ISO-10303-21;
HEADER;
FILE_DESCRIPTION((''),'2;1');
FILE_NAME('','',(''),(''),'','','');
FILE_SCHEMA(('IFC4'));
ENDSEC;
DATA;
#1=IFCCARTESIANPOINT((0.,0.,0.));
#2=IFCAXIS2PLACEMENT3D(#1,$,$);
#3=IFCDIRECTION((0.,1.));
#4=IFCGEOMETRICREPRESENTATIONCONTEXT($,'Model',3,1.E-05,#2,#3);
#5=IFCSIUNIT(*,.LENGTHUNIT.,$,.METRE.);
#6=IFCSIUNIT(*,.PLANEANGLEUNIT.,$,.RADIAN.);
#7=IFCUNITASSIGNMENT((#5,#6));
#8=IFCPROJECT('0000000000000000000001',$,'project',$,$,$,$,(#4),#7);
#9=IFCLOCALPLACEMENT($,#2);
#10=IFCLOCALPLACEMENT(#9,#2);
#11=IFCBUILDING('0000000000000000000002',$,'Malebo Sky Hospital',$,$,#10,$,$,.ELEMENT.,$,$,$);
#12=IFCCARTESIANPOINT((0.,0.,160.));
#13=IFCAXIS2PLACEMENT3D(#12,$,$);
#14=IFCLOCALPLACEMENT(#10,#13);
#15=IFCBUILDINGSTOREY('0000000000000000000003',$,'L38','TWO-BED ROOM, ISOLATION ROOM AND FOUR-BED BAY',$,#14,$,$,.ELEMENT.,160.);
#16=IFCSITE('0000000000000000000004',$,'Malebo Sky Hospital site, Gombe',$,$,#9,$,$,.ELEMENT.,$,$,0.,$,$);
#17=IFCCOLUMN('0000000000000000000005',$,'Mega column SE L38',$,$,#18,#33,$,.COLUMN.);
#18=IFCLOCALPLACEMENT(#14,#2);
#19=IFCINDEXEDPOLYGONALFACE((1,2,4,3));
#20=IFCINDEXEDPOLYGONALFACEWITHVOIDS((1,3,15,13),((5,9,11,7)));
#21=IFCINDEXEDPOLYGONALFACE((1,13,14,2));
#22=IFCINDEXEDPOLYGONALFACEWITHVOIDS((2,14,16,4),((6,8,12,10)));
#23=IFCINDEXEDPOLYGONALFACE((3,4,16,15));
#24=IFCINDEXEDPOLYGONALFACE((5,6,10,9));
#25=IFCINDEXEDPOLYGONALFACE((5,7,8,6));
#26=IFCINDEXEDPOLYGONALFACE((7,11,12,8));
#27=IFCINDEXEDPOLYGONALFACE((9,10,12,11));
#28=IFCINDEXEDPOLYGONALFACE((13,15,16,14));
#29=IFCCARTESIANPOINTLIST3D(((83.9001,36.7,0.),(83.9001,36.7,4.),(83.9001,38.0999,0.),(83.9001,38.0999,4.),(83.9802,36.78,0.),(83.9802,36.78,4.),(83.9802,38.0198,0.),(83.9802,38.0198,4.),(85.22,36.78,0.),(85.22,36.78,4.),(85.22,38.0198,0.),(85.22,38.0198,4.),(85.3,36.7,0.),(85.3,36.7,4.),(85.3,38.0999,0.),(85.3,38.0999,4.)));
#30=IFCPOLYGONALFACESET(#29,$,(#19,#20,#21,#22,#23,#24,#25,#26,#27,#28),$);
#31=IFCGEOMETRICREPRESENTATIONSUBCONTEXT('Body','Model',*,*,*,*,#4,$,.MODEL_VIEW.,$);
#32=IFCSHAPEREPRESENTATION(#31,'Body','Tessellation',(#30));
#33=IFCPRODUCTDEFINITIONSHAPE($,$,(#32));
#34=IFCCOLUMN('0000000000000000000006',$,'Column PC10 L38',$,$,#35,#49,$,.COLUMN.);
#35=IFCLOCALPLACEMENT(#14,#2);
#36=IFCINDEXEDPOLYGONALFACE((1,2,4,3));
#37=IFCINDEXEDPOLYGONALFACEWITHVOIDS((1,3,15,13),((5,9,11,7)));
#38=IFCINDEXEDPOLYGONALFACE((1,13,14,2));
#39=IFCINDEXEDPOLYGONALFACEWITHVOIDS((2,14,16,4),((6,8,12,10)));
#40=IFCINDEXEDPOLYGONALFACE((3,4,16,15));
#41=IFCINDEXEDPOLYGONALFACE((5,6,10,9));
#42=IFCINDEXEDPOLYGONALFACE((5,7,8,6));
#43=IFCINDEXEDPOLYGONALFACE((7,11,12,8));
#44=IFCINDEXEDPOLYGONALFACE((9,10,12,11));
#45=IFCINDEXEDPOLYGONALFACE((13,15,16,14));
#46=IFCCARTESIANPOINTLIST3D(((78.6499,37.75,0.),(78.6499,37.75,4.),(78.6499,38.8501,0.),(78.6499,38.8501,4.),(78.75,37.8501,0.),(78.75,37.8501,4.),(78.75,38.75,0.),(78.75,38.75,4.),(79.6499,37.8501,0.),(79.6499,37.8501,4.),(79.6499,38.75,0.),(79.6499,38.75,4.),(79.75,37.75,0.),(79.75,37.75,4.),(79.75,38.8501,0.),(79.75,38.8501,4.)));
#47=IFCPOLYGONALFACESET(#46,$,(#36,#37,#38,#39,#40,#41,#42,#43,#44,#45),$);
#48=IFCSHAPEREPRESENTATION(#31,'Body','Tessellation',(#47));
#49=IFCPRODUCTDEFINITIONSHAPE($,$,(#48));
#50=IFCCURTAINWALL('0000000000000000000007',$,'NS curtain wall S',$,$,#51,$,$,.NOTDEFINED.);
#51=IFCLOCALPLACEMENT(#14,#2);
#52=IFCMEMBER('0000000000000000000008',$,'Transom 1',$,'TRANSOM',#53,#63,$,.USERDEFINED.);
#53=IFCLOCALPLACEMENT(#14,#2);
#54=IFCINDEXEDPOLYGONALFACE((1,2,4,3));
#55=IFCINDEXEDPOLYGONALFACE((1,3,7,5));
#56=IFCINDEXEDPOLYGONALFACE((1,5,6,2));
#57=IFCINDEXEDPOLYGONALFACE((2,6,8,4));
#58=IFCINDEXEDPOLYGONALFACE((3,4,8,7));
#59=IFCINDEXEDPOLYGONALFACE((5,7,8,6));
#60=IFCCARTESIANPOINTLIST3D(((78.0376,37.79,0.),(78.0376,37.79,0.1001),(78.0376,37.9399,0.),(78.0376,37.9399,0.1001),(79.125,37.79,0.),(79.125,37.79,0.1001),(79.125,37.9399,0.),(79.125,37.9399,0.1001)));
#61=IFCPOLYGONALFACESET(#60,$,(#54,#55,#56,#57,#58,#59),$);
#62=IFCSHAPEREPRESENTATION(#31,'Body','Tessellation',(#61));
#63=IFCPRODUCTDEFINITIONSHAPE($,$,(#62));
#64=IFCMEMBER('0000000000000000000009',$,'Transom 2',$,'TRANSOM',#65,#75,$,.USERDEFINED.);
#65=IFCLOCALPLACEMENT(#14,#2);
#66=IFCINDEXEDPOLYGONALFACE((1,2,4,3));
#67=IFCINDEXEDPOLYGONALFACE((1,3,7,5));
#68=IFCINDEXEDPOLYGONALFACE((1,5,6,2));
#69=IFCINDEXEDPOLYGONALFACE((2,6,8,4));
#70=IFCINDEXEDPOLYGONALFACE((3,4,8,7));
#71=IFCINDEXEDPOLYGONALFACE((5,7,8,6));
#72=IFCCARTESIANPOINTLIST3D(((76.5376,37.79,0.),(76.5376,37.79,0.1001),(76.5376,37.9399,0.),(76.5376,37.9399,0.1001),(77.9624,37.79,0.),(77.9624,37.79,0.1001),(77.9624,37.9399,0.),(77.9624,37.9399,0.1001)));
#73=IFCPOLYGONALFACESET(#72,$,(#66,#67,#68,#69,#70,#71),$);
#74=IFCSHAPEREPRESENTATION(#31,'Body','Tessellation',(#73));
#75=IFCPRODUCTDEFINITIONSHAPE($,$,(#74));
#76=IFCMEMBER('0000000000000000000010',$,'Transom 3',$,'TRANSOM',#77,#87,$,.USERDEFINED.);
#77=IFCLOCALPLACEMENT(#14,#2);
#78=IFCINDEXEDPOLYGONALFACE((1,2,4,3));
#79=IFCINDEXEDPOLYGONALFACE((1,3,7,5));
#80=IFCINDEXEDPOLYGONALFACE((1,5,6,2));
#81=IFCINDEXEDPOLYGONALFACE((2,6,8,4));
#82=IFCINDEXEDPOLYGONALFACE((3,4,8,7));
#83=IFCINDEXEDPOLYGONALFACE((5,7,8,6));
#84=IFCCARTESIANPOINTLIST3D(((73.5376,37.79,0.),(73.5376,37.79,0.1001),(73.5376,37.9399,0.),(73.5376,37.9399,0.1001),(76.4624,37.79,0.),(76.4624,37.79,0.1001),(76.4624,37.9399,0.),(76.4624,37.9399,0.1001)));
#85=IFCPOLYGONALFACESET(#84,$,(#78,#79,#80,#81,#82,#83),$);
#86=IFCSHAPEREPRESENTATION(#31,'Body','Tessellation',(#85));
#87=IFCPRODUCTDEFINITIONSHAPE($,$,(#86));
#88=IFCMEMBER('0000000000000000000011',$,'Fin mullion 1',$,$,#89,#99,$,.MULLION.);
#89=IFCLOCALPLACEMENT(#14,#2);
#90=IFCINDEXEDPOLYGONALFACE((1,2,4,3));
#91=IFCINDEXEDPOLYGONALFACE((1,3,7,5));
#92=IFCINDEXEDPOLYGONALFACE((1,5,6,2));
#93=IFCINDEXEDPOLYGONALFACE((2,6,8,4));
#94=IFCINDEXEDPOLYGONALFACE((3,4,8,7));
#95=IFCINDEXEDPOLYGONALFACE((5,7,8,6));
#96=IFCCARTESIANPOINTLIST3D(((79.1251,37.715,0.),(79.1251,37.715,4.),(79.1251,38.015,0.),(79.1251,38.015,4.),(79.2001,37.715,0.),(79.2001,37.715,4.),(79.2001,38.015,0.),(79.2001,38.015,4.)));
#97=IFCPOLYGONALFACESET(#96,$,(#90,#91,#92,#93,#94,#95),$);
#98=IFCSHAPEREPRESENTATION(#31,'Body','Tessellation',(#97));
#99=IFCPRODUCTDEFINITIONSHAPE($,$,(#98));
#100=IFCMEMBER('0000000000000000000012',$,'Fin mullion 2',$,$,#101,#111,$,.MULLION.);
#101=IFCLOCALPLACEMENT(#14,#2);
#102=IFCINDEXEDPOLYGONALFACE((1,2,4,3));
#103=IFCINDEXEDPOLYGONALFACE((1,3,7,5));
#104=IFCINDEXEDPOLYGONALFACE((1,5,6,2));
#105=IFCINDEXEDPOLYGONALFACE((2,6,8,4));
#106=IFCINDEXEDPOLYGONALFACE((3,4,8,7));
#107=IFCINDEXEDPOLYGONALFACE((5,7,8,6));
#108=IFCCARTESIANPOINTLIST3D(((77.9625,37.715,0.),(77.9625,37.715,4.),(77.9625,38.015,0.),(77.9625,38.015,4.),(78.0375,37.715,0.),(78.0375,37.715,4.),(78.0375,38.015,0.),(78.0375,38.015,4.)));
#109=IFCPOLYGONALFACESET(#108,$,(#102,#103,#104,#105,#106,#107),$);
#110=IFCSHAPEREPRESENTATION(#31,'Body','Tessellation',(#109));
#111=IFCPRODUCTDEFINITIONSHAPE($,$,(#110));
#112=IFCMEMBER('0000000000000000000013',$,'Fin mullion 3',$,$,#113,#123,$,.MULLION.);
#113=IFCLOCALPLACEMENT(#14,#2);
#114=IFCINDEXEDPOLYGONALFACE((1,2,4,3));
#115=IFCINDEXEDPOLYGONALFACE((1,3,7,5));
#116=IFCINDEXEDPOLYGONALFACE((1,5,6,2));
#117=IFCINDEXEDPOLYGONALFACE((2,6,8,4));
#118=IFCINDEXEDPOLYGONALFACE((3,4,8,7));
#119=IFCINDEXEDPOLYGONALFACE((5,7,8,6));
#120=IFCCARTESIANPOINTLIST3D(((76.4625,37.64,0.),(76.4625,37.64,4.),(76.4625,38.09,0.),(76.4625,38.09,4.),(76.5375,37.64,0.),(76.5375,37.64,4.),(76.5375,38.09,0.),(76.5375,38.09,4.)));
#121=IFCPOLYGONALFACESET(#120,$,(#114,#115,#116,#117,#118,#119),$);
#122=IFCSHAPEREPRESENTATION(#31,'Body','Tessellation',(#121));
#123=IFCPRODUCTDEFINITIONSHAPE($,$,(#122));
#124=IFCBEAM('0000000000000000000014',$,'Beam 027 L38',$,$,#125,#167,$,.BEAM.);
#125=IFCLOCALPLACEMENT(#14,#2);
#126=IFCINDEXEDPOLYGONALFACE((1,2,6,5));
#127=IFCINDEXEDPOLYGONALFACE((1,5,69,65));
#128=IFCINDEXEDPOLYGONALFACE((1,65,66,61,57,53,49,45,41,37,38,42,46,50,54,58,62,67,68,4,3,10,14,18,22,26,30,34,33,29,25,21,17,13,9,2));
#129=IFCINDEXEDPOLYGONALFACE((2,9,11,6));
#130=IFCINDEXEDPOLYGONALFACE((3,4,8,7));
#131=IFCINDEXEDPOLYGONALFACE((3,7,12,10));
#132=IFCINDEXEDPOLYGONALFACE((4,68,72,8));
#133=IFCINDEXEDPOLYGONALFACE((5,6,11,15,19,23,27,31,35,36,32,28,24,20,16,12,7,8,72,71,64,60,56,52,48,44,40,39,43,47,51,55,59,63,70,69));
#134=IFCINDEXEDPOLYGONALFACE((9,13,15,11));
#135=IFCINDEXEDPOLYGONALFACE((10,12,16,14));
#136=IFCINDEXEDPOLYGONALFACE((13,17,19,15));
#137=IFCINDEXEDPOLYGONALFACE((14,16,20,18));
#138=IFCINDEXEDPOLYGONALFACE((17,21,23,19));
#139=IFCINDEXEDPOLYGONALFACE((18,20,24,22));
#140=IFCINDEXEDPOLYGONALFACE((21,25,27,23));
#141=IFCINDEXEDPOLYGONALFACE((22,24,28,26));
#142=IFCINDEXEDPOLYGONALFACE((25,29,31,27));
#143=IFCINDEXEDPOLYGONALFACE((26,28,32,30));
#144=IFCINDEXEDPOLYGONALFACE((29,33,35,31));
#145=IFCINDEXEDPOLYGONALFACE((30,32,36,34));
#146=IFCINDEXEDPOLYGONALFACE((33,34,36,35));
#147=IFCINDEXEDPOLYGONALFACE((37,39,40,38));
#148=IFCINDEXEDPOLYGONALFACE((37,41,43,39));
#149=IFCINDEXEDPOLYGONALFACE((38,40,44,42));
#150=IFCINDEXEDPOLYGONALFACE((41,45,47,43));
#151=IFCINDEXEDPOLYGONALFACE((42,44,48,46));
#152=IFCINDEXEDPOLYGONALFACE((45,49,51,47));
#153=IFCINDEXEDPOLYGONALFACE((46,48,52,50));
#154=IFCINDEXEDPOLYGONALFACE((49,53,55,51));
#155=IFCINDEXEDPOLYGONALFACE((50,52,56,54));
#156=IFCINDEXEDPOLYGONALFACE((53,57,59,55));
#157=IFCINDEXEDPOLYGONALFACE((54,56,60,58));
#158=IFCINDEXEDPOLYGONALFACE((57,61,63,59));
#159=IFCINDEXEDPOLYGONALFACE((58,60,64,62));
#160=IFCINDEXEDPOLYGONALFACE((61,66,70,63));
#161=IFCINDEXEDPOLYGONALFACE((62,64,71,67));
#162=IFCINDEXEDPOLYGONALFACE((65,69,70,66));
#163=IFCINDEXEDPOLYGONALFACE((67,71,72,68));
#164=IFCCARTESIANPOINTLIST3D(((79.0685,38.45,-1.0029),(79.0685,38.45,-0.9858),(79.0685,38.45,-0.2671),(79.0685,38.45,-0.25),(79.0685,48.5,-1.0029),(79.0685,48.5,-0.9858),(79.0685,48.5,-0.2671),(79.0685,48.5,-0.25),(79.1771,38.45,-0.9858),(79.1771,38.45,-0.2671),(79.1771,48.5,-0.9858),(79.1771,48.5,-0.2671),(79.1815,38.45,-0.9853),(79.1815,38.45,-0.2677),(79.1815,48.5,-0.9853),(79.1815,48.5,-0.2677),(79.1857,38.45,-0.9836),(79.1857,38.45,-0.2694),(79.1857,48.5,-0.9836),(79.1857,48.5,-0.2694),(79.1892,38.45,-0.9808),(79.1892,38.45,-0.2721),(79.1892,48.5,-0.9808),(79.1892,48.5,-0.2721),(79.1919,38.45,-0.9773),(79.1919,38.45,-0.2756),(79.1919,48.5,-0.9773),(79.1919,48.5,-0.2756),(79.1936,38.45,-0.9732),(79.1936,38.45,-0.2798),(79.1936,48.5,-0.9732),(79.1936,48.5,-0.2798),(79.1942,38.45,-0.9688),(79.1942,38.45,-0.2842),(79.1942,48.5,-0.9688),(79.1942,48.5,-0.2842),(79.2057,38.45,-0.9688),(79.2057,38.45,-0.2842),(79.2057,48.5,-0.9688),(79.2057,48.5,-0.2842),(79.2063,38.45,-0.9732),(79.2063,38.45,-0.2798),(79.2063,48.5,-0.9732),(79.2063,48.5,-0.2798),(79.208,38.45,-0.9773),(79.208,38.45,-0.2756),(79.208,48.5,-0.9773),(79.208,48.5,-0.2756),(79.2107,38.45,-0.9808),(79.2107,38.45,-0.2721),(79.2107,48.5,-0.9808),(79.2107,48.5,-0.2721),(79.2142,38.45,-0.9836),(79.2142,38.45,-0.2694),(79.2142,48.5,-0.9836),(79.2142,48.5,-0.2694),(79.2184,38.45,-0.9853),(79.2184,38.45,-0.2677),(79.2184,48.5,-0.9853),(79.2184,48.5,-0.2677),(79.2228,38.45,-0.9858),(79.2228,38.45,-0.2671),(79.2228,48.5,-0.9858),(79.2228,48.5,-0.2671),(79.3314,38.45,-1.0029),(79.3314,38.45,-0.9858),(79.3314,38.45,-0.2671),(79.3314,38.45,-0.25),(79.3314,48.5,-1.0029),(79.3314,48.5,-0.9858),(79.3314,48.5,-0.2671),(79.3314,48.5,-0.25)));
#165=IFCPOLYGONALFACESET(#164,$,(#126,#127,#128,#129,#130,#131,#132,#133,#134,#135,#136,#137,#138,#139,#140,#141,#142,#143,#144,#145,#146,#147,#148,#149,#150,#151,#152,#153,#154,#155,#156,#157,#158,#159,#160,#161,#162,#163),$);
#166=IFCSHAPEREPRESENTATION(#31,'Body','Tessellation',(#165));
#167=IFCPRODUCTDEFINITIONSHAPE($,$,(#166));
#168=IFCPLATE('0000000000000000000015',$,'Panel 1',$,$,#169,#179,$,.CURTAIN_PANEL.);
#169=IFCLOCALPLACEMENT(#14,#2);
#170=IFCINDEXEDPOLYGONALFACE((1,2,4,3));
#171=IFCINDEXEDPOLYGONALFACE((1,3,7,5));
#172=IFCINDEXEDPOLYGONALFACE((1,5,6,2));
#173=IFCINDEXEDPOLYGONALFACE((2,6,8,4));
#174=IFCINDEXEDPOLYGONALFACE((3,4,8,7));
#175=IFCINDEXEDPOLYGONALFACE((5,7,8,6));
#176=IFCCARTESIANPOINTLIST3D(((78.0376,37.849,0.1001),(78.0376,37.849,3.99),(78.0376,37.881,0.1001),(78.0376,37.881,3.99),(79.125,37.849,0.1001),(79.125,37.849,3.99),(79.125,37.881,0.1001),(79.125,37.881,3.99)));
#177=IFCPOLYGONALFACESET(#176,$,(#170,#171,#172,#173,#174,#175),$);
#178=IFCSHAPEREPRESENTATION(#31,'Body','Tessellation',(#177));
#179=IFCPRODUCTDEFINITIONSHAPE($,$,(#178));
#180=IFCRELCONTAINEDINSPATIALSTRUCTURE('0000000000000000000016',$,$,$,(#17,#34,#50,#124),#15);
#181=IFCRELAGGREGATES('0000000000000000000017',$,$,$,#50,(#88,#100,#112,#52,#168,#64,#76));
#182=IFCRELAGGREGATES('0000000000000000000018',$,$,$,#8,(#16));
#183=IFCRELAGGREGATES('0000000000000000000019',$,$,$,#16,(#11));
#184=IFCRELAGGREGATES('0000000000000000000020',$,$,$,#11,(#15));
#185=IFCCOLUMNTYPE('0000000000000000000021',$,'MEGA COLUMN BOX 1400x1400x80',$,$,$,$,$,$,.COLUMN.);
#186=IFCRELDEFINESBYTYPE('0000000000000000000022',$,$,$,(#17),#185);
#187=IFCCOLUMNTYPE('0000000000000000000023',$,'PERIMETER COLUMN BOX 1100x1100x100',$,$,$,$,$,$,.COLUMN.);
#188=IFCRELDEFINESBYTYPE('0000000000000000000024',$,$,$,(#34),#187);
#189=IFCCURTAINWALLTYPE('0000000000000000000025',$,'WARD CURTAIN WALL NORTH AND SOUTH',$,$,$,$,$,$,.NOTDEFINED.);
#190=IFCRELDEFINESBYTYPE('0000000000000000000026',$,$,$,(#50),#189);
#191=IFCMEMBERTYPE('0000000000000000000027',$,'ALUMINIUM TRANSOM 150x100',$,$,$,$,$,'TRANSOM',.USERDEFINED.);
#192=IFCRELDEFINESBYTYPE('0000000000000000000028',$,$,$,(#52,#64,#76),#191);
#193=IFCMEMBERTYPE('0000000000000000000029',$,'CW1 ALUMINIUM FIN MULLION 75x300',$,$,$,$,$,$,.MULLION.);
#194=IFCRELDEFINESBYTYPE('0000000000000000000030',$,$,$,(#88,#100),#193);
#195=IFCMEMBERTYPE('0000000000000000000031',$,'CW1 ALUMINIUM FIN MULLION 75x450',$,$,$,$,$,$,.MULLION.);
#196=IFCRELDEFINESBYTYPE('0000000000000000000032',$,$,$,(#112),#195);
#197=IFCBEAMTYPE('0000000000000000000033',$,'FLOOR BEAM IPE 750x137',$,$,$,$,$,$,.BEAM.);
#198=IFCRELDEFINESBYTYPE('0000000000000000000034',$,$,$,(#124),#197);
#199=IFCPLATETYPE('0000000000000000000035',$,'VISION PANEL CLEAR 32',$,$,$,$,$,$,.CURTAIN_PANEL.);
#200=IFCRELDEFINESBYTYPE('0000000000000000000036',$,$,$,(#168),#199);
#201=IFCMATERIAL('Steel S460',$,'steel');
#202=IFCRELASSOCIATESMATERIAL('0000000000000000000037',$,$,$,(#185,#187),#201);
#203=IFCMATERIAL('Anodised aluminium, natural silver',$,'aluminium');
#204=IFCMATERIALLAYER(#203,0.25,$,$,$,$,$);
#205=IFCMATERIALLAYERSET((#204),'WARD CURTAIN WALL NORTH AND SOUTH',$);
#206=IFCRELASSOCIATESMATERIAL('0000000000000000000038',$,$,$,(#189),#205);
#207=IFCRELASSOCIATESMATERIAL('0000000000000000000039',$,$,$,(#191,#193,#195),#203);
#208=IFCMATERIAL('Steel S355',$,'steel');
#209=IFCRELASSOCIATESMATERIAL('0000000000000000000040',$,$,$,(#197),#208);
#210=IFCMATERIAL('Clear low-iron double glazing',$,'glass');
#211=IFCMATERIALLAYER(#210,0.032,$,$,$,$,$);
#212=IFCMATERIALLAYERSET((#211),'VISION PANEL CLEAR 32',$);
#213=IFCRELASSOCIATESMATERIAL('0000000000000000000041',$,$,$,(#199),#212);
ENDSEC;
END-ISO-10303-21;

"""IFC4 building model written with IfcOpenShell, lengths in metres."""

from ifc_helpers import new_model, si_unit, direction, frame, origin, origin_2d, place, context, subcontext, project, spatial, rectangle, hollow_rectangle, i_section, extrude, material, layer, layer_set, material_profile, profile_set, type_object, element, aggregate, save


model = new_model("IFC4")

# Units and contexts
model_context = context("Model", 3, precision=1e-05, world=origin(), true_north=direction((0.0, 1.0)))
body_context = subcontext(model_context, "Body", "Model", "MODEL_VIEW")
ifc_project = project(units=[si_unit("LENGTHUNIT", "METRE"), si_unit("PLANEANGLEUNIT", "RADIAN")], contexts=[model_context])

# Site, building, storey
site_placement = place(None, origin())
site = spatial("IfcSite", under=ifc_project, at=site_placement, Name="Malebo Sky Hospital site, Gombe", CompositionType="ELEMENT", RefElevation=0.0)
building_placement = place(site_placement, origin())
building = spatial("IfcBuilding", under=site, at=building_placement, Name="Malebo Sky Hospital", CompositionType="ELEMENT")
storey_placement = place(building_placement, frame((0.0, 0.0, 160.0)))
storey = spatial("IfcBuildingStorey", under=building, at=storey_placement, Name="L38", Description="TWO-BED ROOM, ISOLATION ROOM AND FOUR-BED BAY", CompositionType="ELEMENT", Elevation=160.0)

# Columns
ifc_material_1 = material(Name="Steel S460", Category="steel")
ifc_material_profile_1 = material_profile(ifc_material_1, hollow_rectangle(XDim=1.3999, YDim=1.3999, WallThickness=0.0801, at=origin_2d()), Name="BOX 1400x1400x80")
ifc_profile_set_1 = profile_set([ifc_material_profile_1], Name="Steel S460")
column_type_1 = type_object("IfcColumnType", Name="MEGA COLUMN BOX 1400x1400x80", PredefinedType="COLUMN", material=ifc_profile_set_1)
column_1_placement = place(storey_placement, frame((84.6001, 37.3999, 0.0), z_axis=(0.0, 0.0, 1.0), x_axis=(1.0, 0.0, 0.0)))
element("IfcColumn", 1, at=column_1_placement, inside=storey, type_object=column_type_1, Name="Mega column SE L38", PredefinedType="COLUMN", context=body_context, shape_type="SweptSolid", body=[
    extrude(hollow_rectangle(XDim=1.3999, YDim=1.3999, WallThickness=0.0801, at=origin_2d()), origin(), (0.0, 0.0, 1.0), 4.0),
])
ifc_material_profile_2 = material_profile(ifc_material_1, hollow_rectangle(XDim=1.1001, YDim=1.1001, WallThickness=0.1001, at=origin_2d()), Name="BOX 1100x1100x100")
ifc_profile_set_2 = profile_set([ifc_material_profile_2], Name="Steel S460")
column_type_2 = type_object("IfcColumnType", Name="PERIMETER COLUMN BOX 1100x1100x100", PredefinedType="COLUMN", material=ifc_profile_set_2)
column_2_placement = place(storey_placement, frame((79.2, 38.3, 0.0), z_axis=(0.0, 0.0, 1.0), x_axis=(1.0, 0.0, 0.0)))
element("IfcColumn", 2, at=column_2_placement, inside=storey, type_object=column_type_2, Name="Column PC10 L38", PredefinedType="COLUMN", context=body_context, shape_type="SweptSolid", body=[
    extrude(hollow_rectangle(XDim=1.1001, YDim=1.1001, WallThickness=0.1001, at=origin_2d()), origin(), (0.0, 0.0, 1.0), 4.0),
])

# Curtain wall, members
ifc_material_2 = material(Name="Anodised aluminium, natural silver", Category="aluminium")
ifc_layer_1 = layer(ifc_material_2, 0.25)
ifc_layer_set_1 = layer_set([ifc_layer_1], Name="WARD CURTAIN WALL NORTH AND SOUTH")
curtain_wall_type = type_object("IfcCurtainWallType", Name="WARD CURTAIN WALL NORTH AND SOUTH", PredefinedType="NOTDEFINED", material=ifc_layer_set_1)
curtain_wall_placement = place(storey_placement, origin())
curtain_wall = element("IfcCurtainWall", 3, at=curtain_wall_placement, inside=storey, type_object=curtain_wall_type, Name="NS curtain wall S", PredefinedType="NOTDEFINED")
ifc_material_profile_3 = material_profile(ifc_material_2, rectangle(XDim=0.1499, YDim=0.1001, at=origin_2d()), Name="ALUMINIUM TRANSOM 150x100")
ifc_profile_set_3 = profile_set([ifc_material_profile_3], Name="Anodised aluminium, natural silver")
member_type_1 = type_object("IfcMemberType", Name="ALUMINIUM TRANSOM 150x100", ElementType="TRANSOM", PredefinedType="USERDEFINED", material=ifc_profile_set_3)
member_1_placement = place(storey_placement, frame((79.125, 37.865, 0.05), z_axis=(-1.0, 0.0, 0.0), x_axis=(0.0, -1.0, 0.0)))
member_1 = element("IfcMember", 4, at=member_1_placement, type_object=member_type_1, Name="Transom 1", ObjectType="TRANSOM", PredefinedType="USERDEFINED", context=body_context, shape_type="SweptSolid", body=[
    extrude(rectangle(XDim=0.1499, YDim=0.1001, at=origin_2d()), origin(), (0.0, 0.0, 1.0), 1.0874),
])
member_2_placement = place(storey_placement, frame((77.9624, 37.865, 0.05), z_axis=(-1.0, 0.0, 0.0), x_axis=(0.0, -1.0, 0.0)))
member_2 = element("IfcMember", 5, at=member_2_placement, type_object=member_type_1, Name="Transom 2", ObjectType="TRANSOM", PredefinedType="USERDEFINED", context=body_context, shape_type="SweptSolid", body=[
    extrude(rectangle(XDim=0.1499, YDim=0.1001, at=origin_2d()), origin(), (0.0, 0.0, 1.0), 1.4248),
])
member_3_placement = place(storey_placement, frame((76.4624, 37.865, 0.05), z_axis=(-1.0, 0.0, 0.0), x_axis=(0.0, -1.0, 0.0)))
member_3 = element("IfcMember", 6, at=member_3_placement, type_object=member_type_1, Name="Transom 3", ObjectType="TRANSOM", PredefinedType="USERDEFINED", context=body_context, shape_type="SweptSolid", body=[
    extrude(rectangle(XDim=0.1499, YDim=0.1001, at=origin_2d()), origin(), (0.0, 0.0, 1.0), 2.9248),
])
ifc_material_profile_4 = material_profile(ifc_material_2, rectangle(XDim=0.075, YDim=0.3, at=origin_2d()), Name="CW1 ALUMINIUM FIN MULLION 75x300")
ifc_profile_set_4 = profile_set([ifc_material_profile_4], Name="Anodised aluminium, natural silver")
member_type_2 = type_object("IfcMemberType", Name="CW1 ALUMINIUM FIN MULLION 75x300", PredefinedType="MULLION", material=ifc_profile_set_4)
member_4_placement = place(storey_placement, frame((79.1626, 37.865, 0.0), z_axis=(0.0, 0.0, 1.0), x_axis=(-1.0, 0.0, 0.0)))
member_4 = element("IfcMember", 7, at=member_4_placement, type_object=member_type_2, Name="Fin mullion 1", PredefinedType="MULLION", context=body_context, shape_type="SweptSolid", body=[
    extrude(rectangle(XDim=0.075, YDim=0.3, at=origin_2d()), origin(), (0.0, 0.0, 1.0), 4.0),
])
member_5_placement = place(storey_placement, frame((78.0, 37.865, 0.0), z_axis=(0.0, 0.0, 1.0), x_axis=(-1.0, 0.0, 0.0)))
member_5 = element("IfcMember", 8, at=member_5_placement, type_object=member_type_2, Name="Fin mullion 2", PredefinedType="MULLION", context=body_context, shape_type="SweptSolid", body=[
    extrude(rectangle(XDim=0.075, YDim=0.3, at=origin_2d()), origin(), (0.0, 0.0, 1.0), 4.0),
])
ifc_material_profile_5 = material_profile(ifc_material_2, rectangle(XDim=0.075, YDim=0.45, at=origin_2d()), Name="CW1 ALUMINIUM FIN MULLION 75x450")
ifc_profile_set_5 = profile_set([ifc_material_profile_5], Name="Anodised aluminium, natural silver")
member_type_3 = type_object("IfcMemberType", Name="CW1 ALUMINIUM FIN MULLION 75x450", PredefinedType="MULLION", material=ifc_profile_set_5)
member_6_placement = place(storey_placement, frame((76.5, 37.865, 0.0), z_axis=(0.0, 0.0, 1.0), x_axis=(-1.0, 0.0, 0.0)))
member_6 = element("IfcMember", 9, at=member_6_placement, type_object=member_type_3, Name="Fin mullion 3", PredefinedType="MULLION", context=body_context, shape_type="SweptSolid", body=[
    extrude(rectangle(XDim=0.075, YDim=0.45, at=origin_2d()), origin(), (0.0, 0.0, 1.0), 4.0),
])

# Beam
ifc_material_3 = material(Name="Steel S355", Category="steel")
ifc_material_profile_6 = material_profile(ifc_material_3, i_section(OverallWidth=0.2629, OverallDepth=0.7529, WebThickness=0.0115, FlangeThickness=0.0171, FilletRadius=0.0171, at=origin_2d()), Name="IPE 750x137")
ifc_profile_set_6 = profile_set([ifc_material_profile_6], Name="Steel S355")
beam_type = type_object("IfcBeamType", Name="FLOOR BEAM IPE 750x137", PredefinedType="BEAM", material=ifc_profile_set_6)
beam_placement = place(storey_placement, frame((79.2, 38.45, -0.6265), z_axis=(0.0, 1.0, 0.0), x_axis=(-1.0, 0.0, 0.0)))
element("IfcBeam", 10, at=beam_placement, inside=storey, type_object=beam_type, Name="Beam 027 L38", PredefinedType="BEAM", context=body_context, shape_type="SweptSolid", body=[
    extrude(i_section(OverallWidth=0.2629, OverallDepth=0.7529, WebThickness=0.0115, FlangeThickness=0.0171, FilletRadius=0.0171, at=origin_2d()), origin(), (0.0, 0.0, 1.0), 10.05),
])

# Plate
ifc_material_4 = material(Name="Clear low-iron double glazing", Category="glass")
ifc_layer_2 = layer(ifc_material_4, 0.032)
ifc_layer_set_2 = layer_set([ifc_layer_2], Name="VISION PANEL CLEAR 32")
plate_type = type_object("IfcPlateType", Name="VISION PANEL CLEAR 32", PredefinedType="CURTAIN_PANEL", material=ifc_layer_set_2)
plate_1_placement = place(storey_placement, frame((78.5813, 37.865, 0.1001), z_axis=(0.0, 0.0, 1.0), x_axis=(-1.0, 0.0, 0.0)))
plate_1 = element("IfcPlate", 11, at=plate_1_placement, type_object=plate_type, Name="Panel 1", PredefinedType="CURTAIN_PANEL", context=body_context, shape_type="SweptSolid", body=[
    extrude(rectangle(XDim=1.0874, YDim=0.032, at=origin_2d()), origin(), (0.0, 0.0, 1.0), 3.8899),
])
aggregate(curtain_wall, [member_4, member_5, member_6, member_1, plate_1, member_2, member_3])

save(model, "model.ifc")
